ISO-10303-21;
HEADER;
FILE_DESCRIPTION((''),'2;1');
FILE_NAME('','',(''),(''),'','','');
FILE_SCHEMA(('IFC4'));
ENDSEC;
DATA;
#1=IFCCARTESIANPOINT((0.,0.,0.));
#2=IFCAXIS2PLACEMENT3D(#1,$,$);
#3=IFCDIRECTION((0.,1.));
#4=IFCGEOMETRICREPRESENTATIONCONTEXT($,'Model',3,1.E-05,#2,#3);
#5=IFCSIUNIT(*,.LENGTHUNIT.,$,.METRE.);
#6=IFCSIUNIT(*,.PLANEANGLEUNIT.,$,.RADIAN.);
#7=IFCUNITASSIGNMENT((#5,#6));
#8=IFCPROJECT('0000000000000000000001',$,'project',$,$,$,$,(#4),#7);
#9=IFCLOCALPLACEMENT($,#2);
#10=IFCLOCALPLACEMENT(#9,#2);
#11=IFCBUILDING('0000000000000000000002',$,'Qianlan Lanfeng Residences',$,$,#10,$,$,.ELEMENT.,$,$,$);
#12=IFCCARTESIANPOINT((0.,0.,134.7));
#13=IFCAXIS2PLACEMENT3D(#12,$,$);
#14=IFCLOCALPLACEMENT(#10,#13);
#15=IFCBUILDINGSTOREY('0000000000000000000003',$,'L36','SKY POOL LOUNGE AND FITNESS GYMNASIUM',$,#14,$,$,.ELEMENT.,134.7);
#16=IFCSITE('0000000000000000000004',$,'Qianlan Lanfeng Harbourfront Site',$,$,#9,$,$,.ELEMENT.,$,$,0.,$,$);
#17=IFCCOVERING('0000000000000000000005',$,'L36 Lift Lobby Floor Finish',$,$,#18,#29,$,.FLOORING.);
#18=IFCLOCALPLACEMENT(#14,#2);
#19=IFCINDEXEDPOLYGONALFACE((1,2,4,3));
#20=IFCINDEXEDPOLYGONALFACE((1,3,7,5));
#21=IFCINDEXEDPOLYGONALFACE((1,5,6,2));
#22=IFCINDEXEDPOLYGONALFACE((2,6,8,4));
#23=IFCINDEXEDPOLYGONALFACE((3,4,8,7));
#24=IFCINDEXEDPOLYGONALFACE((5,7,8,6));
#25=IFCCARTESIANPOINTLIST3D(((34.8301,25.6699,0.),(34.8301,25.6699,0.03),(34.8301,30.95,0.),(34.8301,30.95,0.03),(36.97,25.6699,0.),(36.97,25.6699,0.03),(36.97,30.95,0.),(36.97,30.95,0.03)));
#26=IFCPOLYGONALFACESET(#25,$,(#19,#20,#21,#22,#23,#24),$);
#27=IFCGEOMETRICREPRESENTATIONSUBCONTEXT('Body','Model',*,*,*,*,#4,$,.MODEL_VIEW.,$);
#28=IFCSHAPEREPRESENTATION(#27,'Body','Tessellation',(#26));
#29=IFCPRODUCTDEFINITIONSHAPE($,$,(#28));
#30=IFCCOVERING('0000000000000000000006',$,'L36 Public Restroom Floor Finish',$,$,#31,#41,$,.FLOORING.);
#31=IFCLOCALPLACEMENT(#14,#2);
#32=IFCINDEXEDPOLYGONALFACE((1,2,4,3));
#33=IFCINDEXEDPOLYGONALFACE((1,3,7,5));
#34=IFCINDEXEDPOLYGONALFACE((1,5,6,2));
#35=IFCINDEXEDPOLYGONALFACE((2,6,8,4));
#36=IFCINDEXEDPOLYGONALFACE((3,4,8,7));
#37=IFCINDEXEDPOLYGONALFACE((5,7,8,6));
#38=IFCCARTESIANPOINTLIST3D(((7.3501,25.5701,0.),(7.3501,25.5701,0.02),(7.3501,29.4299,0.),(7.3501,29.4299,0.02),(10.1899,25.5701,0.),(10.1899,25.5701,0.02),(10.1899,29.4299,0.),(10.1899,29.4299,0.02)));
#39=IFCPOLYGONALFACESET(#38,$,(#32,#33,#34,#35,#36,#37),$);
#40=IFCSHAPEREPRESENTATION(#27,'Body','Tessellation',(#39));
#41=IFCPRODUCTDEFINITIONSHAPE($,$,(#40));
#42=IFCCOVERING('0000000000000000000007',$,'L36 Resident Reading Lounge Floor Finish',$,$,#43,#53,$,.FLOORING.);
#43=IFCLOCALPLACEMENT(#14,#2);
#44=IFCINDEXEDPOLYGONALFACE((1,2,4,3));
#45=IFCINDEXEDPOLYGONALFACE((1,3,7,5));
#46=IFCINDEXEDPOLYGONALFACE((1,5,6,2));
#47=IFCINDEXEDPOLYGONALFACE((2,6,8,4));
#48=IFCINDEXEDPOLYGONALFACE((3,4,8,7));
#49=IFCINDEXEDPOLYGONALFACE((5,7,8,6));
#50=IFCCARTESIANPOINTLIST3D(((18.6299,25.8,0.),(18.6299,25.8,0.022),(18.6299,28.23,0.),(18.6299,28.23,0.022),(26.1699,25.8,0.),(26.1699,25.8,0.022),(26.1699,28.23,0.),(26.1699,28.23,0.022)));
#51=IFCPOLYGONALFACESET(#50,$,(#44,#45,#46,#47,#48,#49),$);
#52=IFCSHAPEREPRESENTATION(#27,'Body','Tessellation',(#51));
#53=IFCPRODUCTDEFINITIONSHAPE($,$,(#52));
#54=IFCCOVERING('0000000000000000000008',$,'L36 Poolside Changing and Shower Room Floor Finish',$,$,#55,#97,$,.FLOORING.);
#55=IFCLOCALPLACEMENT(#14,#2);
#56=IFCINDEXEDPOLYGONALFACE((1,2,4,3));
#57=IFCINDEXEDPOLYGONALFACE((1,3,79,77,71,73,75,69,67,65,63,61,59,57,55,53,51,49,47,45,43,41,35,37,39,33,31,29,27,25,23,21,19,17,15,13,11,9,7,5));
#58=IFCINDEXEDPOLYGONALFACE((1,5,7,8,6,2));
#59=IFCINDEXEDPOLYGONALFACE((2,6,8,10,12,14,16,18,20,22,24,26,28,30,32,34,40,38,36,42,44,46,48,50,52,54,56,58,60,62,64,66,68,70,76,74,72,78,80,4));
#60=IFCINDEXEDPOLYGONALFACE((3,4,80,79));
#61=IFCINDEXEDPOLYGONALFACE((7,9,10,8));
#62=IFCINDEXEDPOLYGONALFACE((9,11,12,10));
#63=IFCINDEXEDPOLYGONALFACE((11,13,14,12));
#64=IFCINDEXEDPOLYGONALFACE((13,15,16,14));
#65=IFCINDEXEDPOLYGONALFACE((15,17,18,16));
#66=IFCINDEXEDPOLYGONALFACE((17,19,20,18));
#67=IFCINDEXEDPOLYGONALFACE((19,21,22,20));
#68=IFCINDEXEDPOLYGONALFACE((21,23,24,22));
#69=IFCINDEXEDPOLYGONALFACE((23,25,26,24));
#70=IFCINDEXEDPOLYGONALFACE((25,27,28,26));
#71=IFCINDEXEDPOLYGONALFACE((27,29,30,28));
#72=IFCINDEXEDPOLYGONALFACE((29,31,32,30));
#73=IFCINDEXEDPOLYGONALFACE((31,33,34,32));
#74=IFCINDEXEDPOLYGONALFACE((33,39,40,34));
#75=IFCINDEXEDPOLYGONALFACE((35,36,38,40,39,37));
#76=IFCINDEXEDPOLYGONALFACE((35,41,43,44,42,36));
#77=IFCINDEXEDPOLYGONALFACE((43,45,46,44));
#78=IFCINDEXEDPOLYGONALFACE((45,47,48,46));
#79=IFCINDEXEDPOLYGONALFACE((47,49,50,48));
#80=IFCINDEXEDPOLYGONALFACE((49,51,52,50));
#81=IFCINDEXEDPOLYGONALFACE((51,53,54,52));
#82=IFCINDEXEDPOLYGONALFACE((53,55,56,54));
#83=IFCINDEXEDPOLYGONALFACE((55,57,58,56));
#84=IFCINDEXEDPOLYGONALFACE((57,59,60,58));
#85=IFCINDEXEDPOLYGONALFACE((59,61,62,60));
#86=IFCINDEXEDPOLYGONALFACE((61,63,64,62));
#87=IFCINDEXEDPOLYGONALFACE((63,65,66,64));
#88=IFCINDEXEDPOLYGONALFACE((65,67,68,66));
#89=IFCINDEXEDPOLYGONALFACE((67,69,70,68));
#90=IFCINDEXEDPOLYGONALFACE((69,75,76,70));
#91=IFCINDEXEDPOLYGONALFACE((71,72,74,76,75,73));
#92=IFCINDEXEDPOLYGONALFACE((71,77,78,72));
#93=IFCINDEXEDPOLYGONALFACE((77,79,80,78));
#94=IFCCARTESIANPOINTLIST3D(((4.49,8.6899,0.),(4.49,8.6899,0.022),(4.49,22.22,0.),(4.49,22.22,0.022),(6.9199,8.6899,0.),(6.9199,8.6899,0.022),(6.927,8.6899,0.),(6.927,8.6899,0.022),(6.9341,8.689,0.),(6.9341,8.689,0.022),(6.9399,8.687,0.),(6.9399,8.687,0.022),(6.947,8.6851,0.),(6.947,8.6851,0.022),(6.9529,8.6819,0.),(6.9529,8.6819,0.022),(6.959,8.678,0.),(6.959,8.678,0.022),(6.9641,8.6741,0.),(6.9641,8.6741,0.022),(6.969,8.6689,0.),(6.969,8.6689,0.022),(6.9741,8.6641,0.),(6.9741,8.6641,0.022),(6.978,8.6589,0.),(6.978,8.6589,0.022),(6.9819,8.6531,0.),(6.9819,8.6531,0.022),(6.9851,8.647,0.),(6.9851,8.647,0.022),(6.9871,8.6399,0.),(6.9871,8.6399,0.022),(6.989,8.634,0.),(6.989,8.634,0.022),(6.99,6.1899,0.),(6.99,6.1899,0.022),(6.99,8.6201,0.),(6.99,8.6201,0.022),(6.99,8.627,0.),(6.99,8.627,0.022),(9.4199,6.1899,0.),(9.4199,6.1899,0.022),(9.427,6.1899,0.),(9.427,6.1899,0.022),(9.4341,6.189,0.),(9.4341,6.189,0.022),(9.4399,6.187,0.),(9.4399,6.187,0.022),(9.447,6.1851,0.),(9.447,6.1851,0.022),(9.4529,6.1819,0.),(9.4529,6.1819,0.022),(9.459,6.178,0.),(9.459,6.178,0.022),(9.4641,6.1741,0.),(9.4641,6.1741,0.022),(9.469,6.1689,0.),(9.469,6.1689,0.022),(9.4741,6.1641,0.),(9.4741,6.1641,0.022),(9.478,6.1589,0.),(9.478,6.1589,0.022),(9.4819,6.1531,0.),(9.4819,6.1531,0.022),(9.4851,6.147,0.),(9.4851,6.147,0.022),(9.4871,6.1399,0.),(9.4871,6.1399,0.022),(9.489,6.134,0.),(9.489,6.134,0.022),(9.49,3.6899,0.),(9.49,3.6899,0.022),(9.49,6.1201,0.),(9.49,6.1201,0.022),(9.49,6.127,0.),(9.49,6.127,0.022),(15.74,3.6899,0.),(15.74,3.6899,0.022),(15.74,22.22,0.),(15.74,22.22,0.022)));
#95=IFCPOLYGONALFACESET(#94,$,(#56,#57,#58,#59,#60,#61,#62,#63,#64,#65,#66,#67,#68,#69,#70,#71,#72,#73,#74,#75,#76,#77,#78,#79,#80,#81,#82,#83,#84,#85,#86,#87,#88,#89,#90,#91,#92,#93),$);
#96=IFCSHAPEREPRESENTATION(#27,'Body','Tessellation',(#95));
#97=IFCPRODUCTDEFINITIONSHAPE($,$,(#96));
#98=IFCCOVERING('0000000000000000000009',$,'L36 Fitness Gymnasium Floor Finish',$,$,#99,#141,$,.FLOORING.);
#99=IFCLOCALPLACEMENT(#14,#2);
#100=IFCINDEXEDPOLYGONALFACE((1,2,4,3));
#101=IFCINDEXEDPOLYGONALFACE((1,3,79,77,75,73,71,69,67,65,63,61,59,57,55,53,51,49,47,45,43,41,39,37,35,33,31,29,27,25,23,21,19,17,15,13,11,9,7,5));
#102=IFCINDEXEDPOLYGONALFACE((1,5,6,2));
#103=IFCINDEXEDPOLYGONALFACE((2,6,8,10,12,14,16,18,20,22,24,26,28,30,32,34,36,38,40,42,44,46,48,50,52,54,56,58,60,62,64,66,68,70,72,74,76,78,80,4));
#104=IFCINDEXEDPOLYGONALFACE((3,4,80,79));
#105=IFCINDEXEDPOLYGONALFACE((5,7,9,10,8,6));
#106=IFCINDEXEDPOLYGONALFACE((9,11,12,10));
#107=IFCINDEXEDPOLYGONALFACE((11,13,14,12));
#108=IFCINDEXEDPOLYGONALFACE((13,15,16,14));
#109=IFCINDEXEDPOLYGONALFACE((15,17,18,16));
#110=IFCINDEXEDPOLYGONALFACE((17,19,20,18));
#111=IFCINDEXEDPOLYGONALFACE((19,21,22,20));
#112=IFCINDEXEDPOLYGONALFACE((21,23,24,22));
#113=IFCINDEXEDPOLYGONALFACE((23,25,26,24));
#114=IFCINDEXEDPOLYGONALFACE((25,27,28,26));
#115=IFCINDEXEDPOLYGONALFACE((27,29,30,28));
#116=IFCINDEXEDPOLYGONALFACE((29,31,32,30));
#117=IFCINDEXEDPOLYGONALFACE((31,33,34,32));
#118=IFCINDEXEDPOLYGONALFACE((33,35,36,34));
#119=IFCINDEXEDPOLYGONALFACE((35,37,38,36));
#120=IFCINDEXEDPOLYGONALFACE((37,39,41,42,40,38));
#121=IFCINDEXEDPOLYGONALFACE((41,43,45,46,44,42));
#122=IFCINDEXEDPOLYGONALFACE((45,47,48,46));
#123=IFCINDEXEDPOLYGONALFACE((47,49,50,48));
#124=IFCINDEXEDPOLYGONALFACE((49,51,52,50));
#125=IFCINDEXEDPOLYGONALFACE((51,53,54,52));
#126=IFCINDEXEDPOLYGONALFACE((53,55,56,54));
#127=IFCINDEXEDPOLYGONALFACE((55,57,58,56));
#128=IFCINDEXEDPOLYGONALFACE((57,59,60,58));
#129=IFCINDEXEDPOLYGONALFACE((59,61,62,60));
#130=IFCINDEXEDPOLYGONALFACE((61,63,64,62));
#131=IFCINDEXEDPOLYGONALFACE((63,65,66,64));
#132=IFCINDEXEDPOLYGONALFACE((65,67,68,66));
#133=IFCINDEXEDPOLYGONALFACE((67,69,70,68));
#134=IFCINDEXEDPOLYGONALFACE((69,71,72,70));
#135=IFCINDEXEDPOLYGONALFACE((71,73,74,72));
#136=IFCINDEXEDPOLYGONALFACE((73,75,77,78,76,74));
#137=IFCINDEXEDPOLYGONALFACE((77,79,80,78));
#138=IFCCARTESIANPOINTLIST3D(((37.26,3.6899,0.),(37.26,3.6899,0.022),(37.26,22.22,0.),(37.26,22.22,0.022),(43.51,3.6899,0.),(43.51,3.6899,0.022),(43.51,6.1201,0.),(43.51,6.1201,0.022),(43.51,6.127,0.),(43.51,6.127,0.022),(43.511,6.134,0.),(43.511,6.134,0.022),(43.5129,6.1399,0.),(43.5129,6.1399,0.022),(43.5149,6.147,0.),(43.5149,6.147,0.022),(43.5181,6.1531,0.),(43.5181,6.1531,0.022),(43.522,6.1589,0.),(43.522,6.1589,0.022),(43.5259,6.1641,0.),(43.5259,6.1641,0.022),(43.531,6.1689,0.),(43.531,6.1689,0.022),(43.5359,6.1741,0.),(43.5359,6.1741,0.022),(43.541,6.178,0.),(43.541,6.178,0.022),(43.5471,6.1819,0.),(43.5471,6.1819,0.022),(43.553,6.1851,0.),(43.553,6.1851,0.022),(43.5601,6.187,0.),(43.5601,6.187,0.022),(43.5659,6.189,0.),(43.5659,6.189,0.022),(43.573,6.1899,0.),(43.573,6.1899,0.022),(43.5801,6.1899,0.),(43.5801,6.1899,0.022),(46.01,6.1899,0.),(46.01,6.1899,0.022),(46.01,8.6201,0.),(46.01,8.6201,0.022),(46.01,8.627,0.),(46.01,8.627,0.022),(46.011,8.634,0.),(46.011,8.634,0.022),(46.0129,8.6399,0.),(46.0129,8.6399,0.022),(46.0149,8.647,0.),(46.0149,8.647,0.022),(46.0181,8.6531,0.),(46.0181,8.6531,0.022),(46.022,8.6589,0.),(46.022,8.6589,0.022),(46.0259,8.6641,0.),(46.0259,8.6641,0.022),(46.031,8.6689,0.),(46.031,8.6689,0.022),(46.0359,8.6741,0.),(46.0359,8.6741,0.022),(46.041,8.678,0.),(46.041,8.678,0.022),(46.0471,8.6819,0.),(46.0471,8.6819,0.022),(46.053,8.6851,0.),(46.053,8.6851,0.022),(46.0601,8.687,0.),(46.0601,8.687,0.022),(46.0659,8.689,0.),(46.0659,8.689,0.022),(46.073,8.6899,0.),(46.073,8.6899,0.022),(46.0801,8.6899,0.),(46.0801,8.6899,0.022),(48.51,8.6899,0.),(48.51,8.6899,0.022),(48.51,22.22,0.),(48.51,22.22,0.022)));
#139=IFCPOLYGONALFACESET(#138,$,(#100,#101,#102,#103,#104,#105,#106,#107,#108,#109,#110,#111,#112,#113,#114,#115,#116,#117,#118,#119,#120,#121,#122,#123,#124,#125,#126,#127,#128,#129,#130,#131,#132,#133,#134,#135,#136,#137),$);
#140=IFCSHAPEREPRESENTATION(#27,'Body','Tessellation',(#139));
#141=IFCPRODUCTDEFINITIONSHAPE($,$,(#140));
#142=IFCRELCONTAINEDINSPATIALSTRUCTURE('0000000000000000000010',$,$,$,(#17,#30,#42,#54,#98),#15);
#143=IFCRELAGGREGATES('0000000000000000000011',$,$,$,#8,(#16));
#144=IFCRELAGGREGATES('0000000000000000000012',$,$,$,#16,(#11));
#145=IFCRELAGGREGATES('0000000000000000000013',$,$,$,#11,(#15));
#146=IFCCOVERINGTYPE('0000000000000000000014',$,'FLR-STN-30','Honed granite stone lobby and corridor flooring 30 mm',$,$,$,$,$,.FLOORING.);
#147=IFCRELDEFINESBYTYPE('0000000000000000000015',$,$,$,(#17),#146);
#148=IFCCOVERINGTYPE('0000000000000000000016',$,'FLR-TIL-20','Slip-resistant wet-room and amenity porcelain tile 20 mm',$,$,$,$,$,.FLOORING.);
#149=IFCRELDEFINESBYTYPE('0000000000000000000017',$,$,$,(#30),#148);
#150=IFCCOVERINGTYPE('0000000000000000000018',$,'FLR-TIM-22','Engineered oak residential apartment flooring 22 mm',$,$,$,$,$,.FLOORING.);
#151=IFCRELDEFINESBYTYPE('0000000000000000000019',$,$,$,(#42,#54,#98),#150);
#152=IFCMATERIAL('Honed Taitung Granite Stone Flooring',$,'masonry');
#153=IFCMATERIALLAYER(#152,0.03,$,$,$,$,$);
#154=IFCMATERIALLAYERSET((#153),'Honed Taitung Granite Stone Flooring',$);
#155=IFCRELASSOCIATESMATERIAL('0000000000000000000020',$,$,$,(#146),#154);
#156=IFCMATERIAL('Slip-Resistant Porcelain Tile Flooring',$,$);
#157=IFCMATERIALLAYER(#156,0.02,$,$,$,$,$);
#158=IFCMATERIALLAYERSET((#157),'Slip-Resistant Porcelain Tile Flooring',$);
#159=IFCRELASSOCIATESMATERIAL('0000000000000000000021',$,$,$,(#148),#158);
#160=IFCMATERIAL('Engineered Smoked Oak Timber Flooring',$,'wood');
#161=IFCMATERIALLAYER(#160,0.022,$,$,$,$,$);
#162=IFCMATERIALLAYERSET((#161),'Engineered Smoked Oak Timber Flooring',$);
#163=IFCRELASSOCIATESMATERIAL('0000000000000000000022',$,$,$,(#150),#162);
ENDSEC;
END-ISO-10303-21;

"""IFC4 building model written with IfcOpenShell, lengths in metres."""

from ifc_helpers import new_model, si_unit, direction, frame, origin, place, context, subcontext, project, spatial, polyline, outline, extrude, material, layer, layer_set, type_object, element, save


model = new_model("IFC4")

# Units and contexts
model_context = context("Model", 3, precision=1e-05, world=origin(), true_north=direction((0.0, 1.0)))
body_context = subcontext(model_context, "Body", "Model", "MODEL_VIEW")
ifc_project = project(units=[si_unit("LENGTHUNIT", "METRE"), si_unit("PLANEANGLEUNIT", "RADIAN")], contexts=[model_context])

# Site, building, storey
site_placement = place(None, origin())
site = spatial("IfcSite", under=ifc_project, at=site_placement, Name="Qianlan Lanfeng Harbourfront Site", CompositionType="ELEMENT", RefElevation=0.0)
building_placement = place(site_placement, origin())
building = spatial("IfcBuilding", under=site, at=building_placement, Name="Qianlan Lanfeng Residences", CompositionType="ELEMENT")
storey_placement = place(building_placement, frame((0.0, 0.0, 134.7)))
storey = spatial("IfcBuildingStorey", under=building, at=storey_placement, Name="L36", Description="SKY POOL LOUNGE AND FITNESS GYMNASIUM", CompositionType="ELEMENT", Elevation=134.7)

# Coverings
ifc_material_1 = material(Name="Honed Taitung Granite Stone Flooring", Category="masonry")
ifc_layer_1 = layer(ifc_material_1, 0.03)
ifc_layer_set_1 = layer_set([ifc_layer_1], Name="Honed Taitung Granite Stone Flooring")
covering_type_1 = type_object("IfcCoveringType", Name="FLR-STN-30", Description="Honed granite stone lobby and corridor flooring 30 mm", PredefinedType="FLOORING", material=ifc_layer_set_1)
covering_1_placement = place(storey_placement, origin())
element("IfcCovering", 1, at=covering_1_placement, inside=storey, type_object=covering_type_1, Name="L36 Lift Lobby Floor Finish", PredefinedType="FLOORING", context=body_context, shape_type="SweptSolid", body=[
    extrude(outline(polyline([(34.8301, 25.6699), (36.97, 25.6699), (36.97, 30.95), (34.8301, 30.95), (34.8301, 25.6699)])), origin(), (0.0, 0.0, 1.0), 0.03),
])
ifc_material_2 = material(Name="Slip-Resistant Porcelain Tile Flooring")
ifc_layer_2 = layer(ifc_material_2, 0.02)
ifc_layer_set_2 = layer_set([ifc_layer_2], Name="Slip-Resistant Porcelain Tile Flooring")
covering_type_2 = type_object("IfcCoveringType", Name="FLR-TIL-20", Description="Slip-resistant wet-room and amenity porcelain tile 20 mm", PredefinedType="FLOORING", material=ifc_layer_set_2)
covering_2_placement = place(storey_placement, origin())
element("IfcCovering", 2, at=covering_2_placement, inside=storey, type_object=covering_type_2, Name="L36 Public Restroom Floor Finish", PredefinedType="FLOORING", context=body_context, shape_type="SweptSolid", body=[
    extrude(outline(polyline([(7.3501, 25.5701), (10.1899, 25.5701), (10.1899, 29.4299), (7.3501, 29.4299), (7.3501, 25.5701)])), origin(), (0.0, 0.0, 1.0), 0.02),
])
ifc_material_3 = material(Name="Engineered Smoked Oak Timber Flooring", Category="wood")
ifc_layer_3 = layer(ifc_material_3, 0.022)
ifc_layer_set_3 = layer_set([ifc_layer_3], Name="Engineered Smoked Oak Timber Flooring")
covering_type_3 = type_object("IfcCoveringType", Name="FLR-TIM-22", Description="Engineered oak residential apartment flooring 22 mm", PredefinedType="FLOORING", material=ifc_layer_set_3)
covering_3_placement = place(storey_placement, origin())
element("IfcCovering", 3, at=covering_3_placement, inside=storey, type_object=covering_type_3, Name="L36 Resident Reading Lounge Floor Finish", PredefinedType="FLOORING", context=body_context, shape_type="SweptSolid", body=[
    extrude(outline(polyline([(18.6299, 25.8), (26.1699, 25.8), (26.1699, 28.23), (18.6299, 28.23), (18.6299, 25.8)])), origin(), (0.0, 0.0, 1.0), 0.022),
])
covering_4_placement = place(storey_placement, origin())
element("IfcCovering", 4, at=covering_4_placement, inside=storey, type_object=covering_type_3, Name="L36 Poolside Changing and Shower Room Floor Finish", PredefinedType="FLOORING", context=body_context, shape_type="SweptSolid", body=[
    extrude(outline(polyline([(15.74, 22.22), (4.49, 22.22), (4.49, 8.6899), (6.9199, 8.6899), (6.927, 8.6899), (6.9341, 8.689), (6.9399, 8.687), (6.947, 8.6851), (6.9529, 8.6819), (6.959, 8.678), (6.9641, 8.6741), (6.969, 8.6689), (6.9741, 8.6641), (6.978, 8.6589), (6.9819, 8.6531), (6.9851, 8.647), (6.9871, 8.6399), (6.989, 8.634), (6.99, 8.627), (6.99, 8.6201), (6.99, 6.1899), (9.4199, 6.1899), (9.427, 6.1899), (9.4341, 6.189), (9.4399, 6.187), (9.447, 6.1851), (9.4529, 6.1819), (9.459, 6.178), (9.4641, 6.1741), (9.469, 6.1689), (9.4741, 6.1641), (9.478, 6.1589), (9.4819, 6.1531), (9.4851, 6.147), (9.4871, 6.1399), (9.489, 6.134), (9.49, 6.127), (9.49, 6.1201), (9.49, 3.6899), (15.74, 3.6899), (15.74, 22.22)])), origin(), (0.0, 0.0, 1.0), 0.022),
])
covering_5_placement = place(storey_placement, origin())
element("IfcCovering", 5, at=covering_5_placement, inside=storey, type_object=covering_type_3, Name="L36 Fitness Gymnasium Floor Finish", PredefinedType="FLOORING", context=body_context, shape_type="SweptSolid", body=[
    extrude(outline(polyline([(37.26, 22.22), (37.26, 3.6899), (43.51, 3.6899), (43.51, 6.1201), (43.51, 6.127), (43.511, 6.134), (43.5129, 6.1399), (43.5149, 6.147), (43.5181, 6.1531), (43.522, 6.1589), (43.5259, 6.1641), (43.531, 6.1689), (43.5359, 6.1741), (43.541, 6.178), (43.5471, 6.1819), (43.553, 6.1851), (43.5601, 6.187), (43.5659, 6.189), (43.573, 6.1899), (43.5801, 6.1899), (46.01, 6.1899), (46.01, 8.6201), (46.01, 8.627), (46.011, 8.634), (46.0129, 8.6399), (46.0149, 8.647), (46.0181, 8.6531), (46.022, 8.6589), (46.0259, 8.6641), (46.031, 8.6689), (46.0359, 8.6741), (46.041, 8.678), (46.0471, 8.6819), (46.053, 8.6851), (46.0601, 8.687), (46.0659, 8.689), (46.073, 8.6899), (46.0801, 8.6899), (48.51, 8.6899), (48.51, 22.22), (37.26, 22.22)])), origin(), (0.0, 0.0, 1.0), 0.022),
])

save(model, "model.ifc")
